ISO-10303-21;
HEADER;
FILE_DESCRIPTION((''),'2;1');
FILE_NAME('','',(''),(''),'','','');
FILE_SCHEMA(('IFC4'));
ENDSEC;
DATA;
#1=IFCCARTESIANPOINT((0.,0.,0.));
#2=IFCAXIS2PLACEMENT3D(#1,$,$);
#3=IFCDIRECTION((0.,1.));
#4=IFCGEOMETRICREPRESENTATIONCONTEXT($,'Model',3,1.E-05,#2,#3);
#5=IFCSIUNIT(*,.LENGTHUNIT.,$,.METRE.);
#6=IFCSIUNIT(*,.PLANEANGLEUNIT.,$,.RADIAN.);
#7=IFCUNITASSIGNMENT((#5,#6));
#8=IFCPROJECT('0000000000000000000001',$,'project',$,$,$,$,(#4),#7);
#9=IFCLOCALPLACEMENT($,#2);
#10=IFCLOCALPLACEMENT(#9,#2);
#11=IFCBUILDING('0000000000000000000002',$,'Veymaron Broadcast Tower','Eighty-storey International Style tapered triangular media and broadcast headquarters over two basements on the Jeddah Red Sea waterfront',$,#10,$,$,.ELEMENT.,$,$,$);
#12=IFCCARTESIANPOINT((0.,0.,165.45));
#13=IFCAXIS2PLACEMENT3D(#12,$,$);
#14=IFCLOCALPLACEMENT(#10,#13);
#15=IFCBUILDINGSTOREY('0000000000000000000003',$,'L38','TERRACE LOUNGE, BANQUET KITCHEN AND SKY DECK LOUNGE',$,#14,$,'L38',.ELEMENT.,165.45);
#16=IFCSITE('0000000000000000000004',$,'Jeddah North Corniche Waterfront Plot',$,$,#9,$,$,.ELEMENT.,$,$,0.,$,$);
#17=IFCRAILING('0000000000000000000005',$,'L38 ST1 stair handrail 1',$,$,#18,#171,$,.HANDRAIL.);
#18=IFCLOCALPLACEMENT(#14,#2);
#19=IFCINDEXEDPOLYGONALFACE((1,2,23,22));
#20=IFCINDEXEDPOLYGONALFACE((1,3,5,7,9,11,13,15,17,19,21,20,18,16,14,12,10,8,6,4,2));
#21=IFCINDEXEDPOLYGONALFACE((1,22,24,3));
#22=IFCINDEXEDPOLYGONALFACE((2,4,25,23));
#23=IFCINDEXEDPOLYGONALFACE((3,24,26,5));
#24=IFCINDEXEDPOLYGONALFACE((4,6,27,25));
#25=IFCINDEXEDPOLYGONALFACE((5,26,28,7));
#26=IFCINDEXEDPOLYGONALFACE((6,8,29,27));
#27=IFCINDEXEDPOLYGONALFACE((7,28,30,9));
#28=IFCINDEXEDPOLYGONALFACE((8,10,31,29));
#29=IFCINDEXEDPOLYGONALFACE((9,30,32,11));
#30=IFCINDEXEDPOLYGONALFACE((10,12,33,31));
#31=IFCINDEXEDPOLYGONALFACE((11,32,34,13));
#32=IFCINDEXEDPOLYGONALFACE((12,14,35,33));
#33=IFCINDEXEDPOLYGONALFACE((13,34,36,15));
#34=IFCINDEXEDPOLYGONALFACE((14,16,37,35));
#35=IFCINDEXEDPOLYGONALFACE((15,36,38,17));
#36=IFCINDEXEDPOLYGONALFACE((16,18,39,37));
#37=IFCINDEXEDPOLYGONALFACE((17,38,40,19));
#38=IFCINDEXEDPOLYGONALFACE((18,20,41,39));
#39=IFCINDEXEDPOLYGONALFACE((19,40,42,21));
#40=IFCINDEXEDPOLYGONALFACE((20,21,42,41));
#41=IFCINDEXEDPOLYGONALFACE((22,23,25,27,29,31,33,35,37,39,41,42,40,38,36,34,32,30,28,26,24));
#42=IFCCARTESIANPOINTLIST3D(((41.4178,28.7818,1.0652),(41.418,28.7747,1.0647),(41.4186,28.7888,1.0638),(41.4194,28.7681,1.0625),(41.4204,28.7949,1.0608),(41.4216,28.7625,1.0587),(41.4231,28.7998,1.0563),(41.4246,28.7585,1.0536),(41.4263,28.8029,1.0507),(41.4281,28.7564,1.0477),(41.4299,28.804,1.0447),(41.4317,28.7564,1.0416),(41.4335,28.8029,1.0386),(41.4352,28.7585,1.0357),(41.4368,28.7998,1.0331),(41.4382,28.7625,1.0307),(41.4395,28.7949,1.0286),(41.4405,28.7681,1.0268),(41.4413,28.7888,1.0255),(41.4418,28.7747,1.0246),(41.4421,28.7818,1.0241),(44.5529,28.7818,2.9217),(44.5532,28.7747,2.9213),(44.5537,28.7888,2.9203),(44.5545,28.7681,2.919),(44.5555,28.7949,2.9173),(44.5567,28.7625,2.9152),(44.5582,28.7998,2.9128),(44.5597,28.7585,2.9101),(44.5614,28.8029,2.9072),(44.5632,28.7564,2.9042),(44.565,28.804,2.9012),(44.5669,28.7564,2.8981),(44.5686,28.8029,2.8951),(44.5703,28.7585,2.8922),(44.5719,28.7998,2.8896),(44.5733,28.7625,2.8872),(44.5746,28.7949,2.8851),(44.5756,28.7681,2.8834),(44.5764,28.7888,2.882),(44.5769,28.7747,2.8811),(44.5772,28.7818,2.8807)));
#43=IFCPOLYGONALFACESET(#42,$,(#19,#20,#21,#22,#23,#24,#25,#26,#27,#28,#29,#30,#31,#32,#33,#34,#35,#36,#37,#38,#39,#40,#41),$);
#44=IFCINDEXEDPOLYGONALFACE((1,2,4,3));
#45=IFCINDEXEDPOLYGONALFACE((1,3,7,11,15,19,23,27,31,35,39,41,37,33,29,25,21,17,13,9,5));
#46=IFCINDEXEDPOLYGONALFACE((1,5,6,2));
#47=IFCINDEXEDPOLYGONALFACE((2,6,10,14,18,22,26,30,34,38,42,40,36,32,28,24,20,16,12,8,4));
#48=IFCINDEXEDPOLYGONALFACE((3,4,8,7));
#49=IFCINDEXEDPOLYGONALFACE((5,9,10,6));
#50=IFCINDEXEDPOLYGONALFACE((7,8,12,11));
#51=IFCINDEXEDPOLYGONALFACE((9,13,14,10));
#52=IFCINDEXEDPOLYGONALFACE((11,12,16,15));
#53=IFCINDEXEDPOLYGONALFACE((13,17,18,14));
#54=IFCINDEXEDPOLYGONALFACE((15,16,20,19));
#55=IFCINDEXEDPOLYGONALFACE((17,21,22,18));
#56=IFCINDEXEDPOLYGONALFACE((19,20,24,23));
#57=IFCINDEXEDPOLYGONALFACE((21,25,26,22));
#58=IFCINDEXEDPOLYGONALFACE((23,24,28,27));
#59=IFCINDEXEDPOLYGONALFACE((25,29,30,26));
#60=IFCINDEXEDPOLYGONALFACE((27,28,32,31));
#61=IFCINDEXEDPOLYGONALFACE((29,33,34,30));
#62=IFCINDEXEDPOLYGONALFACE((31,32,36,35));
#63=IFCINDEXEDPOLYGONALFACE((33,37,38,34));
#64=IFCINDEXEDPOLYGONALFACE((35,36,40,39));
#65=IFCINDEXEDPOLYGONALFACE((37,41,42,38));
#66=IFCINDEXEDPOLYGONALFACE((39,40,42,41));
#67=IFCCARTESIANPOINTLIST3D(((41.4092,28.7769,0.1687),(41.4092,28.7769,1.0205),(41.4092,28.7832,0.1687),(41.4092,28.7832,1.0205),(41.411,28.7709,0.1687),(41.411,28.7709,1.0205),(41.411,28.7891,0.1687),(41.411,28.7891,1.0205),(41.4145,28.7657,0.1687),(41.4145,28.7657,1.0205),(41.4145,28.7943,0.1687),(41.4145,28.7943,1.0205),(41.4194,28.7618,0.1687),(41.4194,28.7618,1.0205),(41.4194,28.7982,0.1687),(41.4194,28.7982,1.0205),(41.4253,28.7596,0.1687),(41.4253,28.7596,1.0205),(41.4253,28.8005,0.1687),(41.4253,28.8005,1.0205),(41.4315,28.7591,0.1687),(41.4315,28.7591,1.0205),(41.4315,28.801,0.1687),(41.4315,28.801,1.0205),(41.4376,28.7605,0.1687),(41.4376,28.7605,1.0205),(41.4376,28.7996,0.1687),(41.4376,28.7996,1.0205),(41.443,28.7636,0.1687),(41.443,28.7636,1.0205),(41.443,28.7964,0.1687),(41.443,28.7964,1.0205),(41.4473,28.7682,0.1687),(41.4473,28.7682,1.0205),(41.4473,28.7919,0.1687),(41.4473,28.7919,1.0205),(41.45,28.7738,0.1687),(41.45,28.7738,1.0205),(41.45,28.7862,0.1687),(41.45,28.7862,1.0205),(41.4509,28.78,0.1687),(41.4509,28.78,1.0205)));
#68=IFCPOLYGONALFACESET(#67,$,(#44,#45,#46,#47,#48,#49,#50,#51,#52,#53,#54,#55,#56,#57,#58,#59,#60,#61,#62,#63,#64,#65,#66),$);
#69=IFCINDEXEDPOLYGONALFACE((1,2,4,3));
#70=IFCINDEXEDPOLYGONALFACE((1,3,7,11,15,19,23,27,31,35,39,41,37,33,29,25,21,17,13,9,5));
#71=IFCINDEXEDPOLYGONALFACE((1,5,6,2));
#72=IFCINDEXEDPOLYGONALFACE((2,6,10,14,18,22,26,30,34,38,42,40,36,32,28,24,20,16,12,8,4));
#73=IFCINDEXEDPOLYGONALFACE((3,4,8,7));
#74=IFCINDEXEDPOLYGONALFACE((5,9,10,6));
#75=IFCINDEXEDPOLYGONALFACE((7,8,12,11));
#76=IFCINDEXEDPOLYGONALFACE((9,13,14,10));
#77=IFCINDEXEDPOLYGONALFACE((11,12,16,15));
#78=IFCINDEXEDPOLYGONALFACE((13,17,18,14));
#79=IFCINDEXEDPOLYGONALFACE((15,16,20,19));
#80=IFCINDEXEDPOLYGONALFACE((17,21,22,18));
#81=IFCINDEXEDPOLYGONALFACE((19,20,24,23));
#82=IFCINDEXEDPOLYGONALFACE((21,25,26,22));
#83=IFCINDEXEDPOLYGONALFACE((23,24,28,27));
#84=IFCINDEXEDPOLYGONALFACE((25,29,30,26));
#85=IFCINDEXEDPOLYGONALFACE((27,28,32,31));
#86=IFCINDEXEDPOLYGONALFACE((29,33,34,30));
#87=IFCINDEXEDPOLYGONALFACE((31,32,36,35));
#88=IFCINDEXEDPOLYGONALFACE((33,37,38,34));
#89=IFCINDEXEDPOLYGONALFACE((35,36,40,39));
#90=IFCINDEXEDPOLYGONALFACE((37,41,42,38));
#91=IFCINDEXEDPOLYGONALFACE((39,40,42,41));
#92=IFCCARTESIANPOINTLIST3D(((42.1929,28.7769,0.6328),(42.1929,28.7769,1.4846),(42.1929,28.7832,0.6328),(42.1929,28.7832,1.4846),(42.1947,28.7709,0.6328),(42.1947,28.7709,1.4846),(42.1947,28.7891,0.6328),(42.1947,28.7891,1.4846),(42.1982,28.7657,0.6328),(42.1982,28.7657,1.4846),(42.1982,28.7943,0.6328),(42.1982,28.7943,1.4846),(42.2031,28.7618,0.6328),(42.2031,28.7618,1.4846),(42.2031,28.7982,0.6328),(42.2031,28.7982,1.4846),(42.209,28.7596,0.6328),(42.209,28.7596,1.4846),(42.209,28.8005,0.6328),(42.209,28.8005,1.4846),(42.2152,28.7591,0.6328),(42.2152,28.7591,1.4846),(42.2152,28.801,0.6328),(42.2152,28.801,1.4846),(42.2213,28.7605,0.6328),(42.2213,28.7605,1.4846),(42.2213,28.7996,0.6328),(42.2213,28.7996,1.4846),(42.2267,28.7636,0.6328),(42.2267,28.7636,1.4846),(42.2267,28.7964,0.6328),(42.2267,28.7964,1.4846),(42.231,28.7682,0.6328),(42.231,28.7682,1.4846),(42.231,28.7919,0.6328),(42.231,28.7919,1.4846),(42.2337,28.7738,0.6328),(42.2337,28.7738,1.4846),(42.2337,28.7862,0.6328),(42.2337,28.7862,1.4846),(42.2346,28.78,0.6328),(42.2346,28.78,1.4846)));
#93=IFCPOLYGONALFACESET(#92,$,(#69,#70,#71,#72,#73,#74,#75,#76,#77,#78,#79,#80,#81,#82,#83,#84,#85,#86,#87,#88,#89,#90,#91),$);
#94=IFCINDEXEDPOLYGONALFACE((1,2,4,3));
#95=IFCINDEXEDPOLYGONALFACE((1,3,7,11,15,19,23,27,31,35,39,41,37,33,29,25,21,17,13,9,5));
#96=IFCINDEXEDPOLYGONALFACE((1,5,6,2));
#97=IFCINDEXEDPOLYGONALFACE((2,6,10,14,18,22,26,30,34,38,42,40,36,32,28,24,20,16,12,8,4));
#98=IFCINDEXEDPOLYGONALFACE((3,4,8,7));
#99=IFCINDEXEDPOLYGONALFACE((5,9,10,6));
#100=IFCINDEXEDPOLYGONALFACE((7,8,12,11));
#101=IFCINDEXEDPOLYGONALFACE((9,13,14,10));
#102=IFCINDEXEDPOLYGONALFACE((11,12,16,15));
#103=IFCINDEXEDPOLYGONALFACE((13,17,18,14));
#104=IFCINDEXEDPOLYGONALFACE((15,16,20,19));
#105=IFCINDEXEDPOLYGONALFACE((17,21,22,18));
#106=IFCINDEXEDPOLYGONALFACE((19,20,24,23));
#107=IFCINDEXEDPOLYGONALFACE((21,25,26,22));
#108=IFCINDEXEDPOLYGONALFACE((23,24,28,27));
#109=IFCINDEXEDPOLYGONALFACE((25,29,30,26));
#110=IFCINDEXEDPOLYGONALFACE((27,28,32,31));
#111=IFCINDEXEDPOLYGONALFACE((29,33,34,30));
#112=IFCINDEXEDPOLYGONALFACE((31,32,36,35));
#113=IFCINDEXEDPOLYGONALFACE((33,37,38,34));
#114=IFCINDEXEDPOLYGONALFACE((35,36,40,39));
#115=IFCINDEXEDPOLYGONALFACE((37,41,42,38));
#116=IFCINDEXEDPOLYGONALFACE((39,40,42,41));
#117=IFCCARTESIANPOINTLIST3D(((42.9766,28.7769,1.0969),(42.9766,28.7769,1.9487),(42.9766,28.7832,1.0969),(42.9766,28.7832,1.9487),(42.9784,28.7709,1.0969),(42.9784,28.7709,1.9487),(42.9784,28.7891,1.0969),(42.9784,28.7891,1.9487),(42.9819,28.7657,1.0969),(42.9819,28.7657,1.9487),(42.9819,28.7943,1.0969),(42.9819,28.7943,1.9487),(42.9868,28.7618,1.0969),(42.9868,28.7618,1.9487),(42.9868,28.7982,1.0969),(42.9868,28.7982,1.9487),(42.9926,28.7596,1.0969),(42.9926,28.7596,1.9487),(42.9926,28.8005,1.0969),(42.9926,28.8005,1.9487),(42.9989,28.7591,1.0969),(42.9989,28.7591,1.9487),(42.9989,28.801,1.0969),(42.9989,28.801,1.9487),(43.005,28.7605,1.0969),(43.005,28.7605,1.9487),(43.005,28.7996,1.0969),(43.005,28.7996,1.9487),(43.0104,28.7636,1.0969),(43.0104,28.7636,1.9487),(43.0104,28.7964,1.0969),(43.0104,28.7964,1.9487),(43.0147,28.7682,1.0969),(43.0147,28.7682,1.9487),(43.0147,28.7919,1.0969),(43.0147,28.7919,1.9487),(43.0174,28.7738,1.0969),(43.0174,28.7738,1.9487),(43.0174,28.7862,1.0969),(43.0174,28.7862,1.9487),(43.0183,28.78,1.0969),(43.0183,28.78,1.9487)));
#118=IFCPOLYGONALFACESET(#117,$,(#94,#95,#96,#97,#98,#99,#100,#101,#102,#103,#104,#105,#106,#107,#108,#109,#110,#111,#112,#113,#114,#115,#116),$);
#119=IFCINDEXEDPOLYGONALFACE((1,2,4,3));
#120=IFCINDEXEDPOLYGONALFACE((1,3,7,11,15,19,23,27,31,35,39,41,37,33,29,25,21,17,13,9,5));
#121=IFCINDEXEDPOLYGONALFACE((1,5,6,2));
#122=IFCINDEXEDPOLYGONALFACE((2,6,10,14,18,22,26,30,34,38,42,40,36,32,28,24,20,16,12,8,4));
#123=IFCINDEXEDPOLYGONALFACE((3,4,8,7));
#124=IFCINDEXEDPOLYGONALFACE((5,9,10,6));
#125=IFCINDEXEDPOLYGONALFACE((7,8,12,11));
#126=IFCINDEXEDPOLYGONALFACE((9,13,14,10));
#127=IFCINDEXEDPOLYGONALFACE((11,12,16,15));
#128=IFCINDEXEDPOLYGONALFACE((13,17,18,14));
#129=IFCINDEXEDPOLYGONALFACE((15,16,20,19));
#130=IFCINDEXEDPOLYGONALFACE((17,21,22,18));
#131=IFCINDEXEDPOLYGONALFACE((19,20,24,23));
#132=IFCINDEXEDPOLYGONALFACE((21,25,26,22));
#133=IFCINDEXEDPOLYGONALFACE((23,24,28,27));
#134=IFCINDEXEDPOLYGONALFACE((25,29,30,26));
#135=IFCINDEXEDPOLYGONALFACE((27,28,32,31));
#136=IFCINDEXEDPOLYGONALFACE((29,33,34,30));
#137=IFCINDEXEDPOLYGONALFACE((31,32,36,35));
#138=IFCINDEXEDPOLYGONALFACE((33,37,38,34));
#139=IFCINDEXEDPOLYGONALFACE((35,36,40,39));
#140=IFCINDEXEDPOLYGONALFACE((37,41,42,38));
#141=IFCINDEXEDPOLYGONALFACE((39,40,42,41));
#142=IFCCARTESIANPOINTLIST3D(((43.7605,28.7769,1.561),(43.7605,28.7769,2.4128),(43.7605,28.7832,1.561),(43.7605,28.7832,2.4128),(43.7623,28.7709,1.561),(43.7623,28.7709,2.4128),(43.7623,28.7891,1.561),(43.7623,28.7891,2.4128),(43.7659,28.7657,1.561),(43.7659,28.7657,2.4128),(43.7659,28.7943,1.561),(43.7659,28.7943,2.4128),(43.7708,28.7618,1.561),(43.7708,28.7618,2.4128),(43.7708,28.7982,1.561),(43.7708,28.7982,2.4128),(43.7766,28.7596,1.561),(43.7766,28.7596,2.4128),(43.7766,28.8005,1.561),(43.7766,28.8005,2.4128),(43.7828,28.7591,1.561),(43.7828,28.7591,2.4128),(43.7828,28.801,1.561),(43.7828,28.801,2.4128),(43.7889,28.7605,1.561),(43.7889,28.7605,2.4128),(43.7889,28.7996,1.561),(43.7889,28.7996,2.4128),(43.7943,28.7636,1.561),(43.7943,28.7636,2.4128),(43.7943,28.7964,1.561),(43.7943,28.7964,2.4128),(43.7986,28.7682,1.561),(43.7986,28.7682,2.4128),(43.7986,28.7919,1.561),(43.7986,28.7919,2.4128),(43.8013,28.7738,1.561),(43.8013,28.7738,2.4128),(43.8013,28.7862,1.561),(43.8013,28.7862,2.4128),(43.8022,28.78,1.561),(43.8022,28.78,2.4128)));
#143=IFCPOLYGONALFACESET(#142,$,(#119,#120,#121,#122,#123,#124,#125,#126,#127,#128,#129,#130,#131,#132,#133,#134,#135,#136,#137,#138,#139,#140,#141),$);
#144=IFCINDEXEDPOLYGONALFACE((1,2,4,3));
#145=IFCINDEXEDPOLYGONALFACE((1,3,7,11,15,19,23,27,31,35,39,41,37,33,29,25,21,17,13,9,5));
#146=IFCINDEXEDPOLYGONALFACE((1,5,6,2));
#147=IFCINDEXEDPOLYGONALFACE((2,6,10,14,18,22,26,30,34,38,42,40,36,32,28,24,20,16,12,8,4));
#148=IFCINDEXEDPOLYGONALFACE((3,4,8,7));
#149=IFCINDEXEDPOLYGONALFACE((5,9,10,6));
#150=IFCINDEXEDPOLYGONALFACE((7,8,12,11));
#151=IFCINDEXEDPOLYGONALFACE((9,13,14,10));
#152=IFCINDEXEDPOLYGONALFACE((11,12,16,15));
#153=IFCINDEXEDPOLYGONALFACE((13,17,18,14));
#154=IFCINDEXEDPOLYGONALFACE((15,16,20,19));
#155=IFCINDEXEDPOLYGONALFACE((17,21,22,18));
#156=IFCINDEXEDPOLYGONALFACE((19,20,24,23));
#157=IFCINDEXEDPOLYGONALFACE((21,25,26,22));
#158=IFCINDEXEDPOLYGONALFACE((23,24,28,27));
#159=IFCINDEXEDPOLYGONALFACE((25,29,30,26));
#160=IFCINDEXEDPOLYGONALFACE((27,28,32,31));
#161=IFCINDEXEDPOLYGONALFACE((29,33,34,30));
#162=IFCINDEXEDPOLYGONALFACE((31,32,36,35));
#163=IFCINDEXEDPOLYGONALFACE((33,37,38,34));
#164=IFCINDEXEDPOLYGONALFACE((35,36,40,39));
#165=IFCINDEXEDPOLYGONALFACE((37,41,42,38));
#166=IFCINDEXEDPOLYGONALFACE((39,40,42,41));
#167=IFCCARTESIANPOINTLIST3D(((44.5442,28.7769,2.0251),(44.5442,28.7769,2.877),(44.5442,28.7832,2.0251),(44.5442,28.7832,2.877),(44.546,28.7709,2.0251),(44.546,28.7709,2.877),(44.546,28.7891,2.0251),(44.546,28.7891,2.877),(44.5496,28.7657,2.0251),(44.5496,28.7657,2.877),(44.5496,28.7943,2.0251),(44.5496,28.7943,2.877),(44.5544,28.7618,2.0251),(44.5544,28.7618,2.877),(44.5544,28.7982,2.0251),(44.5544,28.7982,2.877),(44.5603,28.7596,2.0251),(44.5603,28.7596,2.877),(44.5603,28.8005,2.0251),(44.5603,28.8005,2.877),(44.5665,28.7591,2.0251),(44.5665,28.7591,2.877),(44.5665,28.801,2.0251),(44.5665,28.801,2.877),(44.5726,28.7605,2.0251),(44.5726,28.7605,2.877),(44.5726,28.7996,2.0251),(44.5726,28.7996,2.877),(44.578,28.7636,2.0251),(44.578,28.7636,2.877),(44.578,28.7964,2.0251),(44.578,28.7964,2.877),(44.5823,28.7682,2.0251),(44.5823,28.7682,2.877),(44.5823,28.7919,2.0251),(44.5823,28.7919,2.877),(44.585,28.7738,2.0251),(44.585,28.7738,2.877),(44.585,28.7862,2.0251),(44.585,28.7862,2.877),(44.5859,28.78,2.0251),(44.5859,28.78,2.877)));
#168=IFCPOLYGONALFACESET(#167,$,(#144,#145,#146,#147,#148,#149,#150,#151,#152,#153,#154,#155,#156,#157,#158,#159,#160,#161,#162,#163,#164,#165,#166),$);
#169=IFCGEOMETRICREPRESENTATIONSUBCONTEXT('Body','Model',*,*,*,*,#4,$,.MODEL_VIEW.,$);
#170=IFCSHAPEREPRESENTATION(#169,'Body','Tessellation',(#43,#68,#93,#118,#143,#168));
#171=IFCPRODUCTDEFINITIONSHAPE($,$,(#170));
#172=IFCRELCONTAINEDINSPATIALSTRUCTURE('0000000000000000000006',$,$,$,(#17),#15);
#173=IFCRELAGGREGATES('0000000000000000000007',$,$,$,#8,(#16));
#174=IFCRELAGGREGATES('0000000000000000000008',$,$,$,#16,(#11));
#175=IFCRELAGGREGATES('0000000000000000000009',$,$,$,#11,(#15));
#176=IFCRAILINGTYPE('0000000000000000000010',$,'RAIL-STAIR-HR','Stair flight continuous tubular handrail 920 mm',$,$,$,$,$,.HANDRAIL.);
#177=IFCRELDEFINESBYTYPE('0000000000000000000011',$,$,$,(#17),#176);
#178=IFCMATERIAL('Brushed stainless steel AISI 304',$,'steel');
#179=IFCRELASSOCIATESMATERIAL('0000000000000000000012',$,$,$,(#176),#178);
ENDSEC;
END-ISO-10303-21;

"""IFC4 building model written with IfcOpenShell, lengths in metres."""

from ifc_helpers import new_model, si_unit, direction, frame, origin, origin_2d, place, context, subcontext, project, spatial, circle, extrude, material, type_object, element, save


model = new_model("IFC4")

# Units and contexts
model_context = context("Model", 3, precision=1e-05, world=origin(), true_north=direction((0.0, 1.0)))
body_context = subcontext(model_context, "Body", "Model", "MODEL_VIEW")
ifc_project = project(units=[si_unit("LENGTHUNIT", "METRE"), si_unit("PLANEANGLEUNIT", "RADIAN")], contexts=[model_context])

# Site, building, storey
site_placement = place(None, origin())
site = spatial("IfcSite", under=ifc_project, at=site_placement, Name="Jeddah North Corniche Waterfront Plot", CompositionType="ELEMENT", RefElevation=0.0)
building_placement = place(site_placement, origin())
building = spatial("IfcBuilding", under=site, at=building_placement, Name="Veymaron Broadcast Tower", Description="Eighty-storey International Style tapered triangular media and broadcast headquarters over two basements on the Jeddah Red Sea waterfront", CompositionType="ELEMENT")
storey_placement = place(building_placement, frame((0.0, 0.0, 165.45)))
storey = spatial("IfcBuildingStorey", under=building, at=storey_placement, Name="L38", Description="TERRACE LOUNGE, BANQUET KITCHEN AND SKY DECK LOUNGE", LongName="L38", CompositionType="ELEMENT", Elevation=165.45)

# Shared definitions
ifc_material_1 = material(Name="Brushed stainless steel AISI 304", Category="steel")

# Railing
railing_type_1 = type_object("IfcRailingType", Name="RAIL-STAIR-HR", Description="Stair flight continuous tubular handrail 920 mm", PredefinedType="HANDRAIL", material=ifc_material_1)
railing_1_placement = place(storey_placement, frame((41.4299, 28.78, 0.1687)))
element("IfcRailing", 1, at=railing_1_placement, inside=storey, type_object=railing_type_1, Name="L38 ST1 stair handrail 1", PredefinedType="HANDRAIL", context=body_context, shape_type="SweptSolid", body=[
    extrude(circle(Radius=0.0239, at=origin_2d()), frame((0.0, 0.0, 0.876), z_axis=(0.860453, 0.0, 0.509531), x_axis=(0.0, 1.0, 0.0)), (0.0, 0.0, 1.0), 3.6436),
    extrude(circle(Radius=0.021, at=origin_2d()), origin(), (0.0, 0.0, 1.0), 0.8518),
    extrude(circle(Radius=0.021, at=origin_2d()), frame((0.7837, 0.0, 0.4641)), (0.0, 0.0, 1.0), 0.8518),
    extrude(circle(Radius=0.021, at=origin_2d()), frame((1.5674, 0.0, 0.9282)), (0.0, 0.0, 1.0), 0.8518),
    extrude(circle(Radius=0.021, at=origin_2d()), frame((2.3513, 0.0, 1.3923)), (0.0, 0.0, 1.0), 0.8518),
    extrude(circle(Radius=0.021, at=origin_2d()), frame((3.135, 0.0, 1.8564)), (0.0, 0.0, 1.0), 0.8518),
])

save(model, "model.ifc")
